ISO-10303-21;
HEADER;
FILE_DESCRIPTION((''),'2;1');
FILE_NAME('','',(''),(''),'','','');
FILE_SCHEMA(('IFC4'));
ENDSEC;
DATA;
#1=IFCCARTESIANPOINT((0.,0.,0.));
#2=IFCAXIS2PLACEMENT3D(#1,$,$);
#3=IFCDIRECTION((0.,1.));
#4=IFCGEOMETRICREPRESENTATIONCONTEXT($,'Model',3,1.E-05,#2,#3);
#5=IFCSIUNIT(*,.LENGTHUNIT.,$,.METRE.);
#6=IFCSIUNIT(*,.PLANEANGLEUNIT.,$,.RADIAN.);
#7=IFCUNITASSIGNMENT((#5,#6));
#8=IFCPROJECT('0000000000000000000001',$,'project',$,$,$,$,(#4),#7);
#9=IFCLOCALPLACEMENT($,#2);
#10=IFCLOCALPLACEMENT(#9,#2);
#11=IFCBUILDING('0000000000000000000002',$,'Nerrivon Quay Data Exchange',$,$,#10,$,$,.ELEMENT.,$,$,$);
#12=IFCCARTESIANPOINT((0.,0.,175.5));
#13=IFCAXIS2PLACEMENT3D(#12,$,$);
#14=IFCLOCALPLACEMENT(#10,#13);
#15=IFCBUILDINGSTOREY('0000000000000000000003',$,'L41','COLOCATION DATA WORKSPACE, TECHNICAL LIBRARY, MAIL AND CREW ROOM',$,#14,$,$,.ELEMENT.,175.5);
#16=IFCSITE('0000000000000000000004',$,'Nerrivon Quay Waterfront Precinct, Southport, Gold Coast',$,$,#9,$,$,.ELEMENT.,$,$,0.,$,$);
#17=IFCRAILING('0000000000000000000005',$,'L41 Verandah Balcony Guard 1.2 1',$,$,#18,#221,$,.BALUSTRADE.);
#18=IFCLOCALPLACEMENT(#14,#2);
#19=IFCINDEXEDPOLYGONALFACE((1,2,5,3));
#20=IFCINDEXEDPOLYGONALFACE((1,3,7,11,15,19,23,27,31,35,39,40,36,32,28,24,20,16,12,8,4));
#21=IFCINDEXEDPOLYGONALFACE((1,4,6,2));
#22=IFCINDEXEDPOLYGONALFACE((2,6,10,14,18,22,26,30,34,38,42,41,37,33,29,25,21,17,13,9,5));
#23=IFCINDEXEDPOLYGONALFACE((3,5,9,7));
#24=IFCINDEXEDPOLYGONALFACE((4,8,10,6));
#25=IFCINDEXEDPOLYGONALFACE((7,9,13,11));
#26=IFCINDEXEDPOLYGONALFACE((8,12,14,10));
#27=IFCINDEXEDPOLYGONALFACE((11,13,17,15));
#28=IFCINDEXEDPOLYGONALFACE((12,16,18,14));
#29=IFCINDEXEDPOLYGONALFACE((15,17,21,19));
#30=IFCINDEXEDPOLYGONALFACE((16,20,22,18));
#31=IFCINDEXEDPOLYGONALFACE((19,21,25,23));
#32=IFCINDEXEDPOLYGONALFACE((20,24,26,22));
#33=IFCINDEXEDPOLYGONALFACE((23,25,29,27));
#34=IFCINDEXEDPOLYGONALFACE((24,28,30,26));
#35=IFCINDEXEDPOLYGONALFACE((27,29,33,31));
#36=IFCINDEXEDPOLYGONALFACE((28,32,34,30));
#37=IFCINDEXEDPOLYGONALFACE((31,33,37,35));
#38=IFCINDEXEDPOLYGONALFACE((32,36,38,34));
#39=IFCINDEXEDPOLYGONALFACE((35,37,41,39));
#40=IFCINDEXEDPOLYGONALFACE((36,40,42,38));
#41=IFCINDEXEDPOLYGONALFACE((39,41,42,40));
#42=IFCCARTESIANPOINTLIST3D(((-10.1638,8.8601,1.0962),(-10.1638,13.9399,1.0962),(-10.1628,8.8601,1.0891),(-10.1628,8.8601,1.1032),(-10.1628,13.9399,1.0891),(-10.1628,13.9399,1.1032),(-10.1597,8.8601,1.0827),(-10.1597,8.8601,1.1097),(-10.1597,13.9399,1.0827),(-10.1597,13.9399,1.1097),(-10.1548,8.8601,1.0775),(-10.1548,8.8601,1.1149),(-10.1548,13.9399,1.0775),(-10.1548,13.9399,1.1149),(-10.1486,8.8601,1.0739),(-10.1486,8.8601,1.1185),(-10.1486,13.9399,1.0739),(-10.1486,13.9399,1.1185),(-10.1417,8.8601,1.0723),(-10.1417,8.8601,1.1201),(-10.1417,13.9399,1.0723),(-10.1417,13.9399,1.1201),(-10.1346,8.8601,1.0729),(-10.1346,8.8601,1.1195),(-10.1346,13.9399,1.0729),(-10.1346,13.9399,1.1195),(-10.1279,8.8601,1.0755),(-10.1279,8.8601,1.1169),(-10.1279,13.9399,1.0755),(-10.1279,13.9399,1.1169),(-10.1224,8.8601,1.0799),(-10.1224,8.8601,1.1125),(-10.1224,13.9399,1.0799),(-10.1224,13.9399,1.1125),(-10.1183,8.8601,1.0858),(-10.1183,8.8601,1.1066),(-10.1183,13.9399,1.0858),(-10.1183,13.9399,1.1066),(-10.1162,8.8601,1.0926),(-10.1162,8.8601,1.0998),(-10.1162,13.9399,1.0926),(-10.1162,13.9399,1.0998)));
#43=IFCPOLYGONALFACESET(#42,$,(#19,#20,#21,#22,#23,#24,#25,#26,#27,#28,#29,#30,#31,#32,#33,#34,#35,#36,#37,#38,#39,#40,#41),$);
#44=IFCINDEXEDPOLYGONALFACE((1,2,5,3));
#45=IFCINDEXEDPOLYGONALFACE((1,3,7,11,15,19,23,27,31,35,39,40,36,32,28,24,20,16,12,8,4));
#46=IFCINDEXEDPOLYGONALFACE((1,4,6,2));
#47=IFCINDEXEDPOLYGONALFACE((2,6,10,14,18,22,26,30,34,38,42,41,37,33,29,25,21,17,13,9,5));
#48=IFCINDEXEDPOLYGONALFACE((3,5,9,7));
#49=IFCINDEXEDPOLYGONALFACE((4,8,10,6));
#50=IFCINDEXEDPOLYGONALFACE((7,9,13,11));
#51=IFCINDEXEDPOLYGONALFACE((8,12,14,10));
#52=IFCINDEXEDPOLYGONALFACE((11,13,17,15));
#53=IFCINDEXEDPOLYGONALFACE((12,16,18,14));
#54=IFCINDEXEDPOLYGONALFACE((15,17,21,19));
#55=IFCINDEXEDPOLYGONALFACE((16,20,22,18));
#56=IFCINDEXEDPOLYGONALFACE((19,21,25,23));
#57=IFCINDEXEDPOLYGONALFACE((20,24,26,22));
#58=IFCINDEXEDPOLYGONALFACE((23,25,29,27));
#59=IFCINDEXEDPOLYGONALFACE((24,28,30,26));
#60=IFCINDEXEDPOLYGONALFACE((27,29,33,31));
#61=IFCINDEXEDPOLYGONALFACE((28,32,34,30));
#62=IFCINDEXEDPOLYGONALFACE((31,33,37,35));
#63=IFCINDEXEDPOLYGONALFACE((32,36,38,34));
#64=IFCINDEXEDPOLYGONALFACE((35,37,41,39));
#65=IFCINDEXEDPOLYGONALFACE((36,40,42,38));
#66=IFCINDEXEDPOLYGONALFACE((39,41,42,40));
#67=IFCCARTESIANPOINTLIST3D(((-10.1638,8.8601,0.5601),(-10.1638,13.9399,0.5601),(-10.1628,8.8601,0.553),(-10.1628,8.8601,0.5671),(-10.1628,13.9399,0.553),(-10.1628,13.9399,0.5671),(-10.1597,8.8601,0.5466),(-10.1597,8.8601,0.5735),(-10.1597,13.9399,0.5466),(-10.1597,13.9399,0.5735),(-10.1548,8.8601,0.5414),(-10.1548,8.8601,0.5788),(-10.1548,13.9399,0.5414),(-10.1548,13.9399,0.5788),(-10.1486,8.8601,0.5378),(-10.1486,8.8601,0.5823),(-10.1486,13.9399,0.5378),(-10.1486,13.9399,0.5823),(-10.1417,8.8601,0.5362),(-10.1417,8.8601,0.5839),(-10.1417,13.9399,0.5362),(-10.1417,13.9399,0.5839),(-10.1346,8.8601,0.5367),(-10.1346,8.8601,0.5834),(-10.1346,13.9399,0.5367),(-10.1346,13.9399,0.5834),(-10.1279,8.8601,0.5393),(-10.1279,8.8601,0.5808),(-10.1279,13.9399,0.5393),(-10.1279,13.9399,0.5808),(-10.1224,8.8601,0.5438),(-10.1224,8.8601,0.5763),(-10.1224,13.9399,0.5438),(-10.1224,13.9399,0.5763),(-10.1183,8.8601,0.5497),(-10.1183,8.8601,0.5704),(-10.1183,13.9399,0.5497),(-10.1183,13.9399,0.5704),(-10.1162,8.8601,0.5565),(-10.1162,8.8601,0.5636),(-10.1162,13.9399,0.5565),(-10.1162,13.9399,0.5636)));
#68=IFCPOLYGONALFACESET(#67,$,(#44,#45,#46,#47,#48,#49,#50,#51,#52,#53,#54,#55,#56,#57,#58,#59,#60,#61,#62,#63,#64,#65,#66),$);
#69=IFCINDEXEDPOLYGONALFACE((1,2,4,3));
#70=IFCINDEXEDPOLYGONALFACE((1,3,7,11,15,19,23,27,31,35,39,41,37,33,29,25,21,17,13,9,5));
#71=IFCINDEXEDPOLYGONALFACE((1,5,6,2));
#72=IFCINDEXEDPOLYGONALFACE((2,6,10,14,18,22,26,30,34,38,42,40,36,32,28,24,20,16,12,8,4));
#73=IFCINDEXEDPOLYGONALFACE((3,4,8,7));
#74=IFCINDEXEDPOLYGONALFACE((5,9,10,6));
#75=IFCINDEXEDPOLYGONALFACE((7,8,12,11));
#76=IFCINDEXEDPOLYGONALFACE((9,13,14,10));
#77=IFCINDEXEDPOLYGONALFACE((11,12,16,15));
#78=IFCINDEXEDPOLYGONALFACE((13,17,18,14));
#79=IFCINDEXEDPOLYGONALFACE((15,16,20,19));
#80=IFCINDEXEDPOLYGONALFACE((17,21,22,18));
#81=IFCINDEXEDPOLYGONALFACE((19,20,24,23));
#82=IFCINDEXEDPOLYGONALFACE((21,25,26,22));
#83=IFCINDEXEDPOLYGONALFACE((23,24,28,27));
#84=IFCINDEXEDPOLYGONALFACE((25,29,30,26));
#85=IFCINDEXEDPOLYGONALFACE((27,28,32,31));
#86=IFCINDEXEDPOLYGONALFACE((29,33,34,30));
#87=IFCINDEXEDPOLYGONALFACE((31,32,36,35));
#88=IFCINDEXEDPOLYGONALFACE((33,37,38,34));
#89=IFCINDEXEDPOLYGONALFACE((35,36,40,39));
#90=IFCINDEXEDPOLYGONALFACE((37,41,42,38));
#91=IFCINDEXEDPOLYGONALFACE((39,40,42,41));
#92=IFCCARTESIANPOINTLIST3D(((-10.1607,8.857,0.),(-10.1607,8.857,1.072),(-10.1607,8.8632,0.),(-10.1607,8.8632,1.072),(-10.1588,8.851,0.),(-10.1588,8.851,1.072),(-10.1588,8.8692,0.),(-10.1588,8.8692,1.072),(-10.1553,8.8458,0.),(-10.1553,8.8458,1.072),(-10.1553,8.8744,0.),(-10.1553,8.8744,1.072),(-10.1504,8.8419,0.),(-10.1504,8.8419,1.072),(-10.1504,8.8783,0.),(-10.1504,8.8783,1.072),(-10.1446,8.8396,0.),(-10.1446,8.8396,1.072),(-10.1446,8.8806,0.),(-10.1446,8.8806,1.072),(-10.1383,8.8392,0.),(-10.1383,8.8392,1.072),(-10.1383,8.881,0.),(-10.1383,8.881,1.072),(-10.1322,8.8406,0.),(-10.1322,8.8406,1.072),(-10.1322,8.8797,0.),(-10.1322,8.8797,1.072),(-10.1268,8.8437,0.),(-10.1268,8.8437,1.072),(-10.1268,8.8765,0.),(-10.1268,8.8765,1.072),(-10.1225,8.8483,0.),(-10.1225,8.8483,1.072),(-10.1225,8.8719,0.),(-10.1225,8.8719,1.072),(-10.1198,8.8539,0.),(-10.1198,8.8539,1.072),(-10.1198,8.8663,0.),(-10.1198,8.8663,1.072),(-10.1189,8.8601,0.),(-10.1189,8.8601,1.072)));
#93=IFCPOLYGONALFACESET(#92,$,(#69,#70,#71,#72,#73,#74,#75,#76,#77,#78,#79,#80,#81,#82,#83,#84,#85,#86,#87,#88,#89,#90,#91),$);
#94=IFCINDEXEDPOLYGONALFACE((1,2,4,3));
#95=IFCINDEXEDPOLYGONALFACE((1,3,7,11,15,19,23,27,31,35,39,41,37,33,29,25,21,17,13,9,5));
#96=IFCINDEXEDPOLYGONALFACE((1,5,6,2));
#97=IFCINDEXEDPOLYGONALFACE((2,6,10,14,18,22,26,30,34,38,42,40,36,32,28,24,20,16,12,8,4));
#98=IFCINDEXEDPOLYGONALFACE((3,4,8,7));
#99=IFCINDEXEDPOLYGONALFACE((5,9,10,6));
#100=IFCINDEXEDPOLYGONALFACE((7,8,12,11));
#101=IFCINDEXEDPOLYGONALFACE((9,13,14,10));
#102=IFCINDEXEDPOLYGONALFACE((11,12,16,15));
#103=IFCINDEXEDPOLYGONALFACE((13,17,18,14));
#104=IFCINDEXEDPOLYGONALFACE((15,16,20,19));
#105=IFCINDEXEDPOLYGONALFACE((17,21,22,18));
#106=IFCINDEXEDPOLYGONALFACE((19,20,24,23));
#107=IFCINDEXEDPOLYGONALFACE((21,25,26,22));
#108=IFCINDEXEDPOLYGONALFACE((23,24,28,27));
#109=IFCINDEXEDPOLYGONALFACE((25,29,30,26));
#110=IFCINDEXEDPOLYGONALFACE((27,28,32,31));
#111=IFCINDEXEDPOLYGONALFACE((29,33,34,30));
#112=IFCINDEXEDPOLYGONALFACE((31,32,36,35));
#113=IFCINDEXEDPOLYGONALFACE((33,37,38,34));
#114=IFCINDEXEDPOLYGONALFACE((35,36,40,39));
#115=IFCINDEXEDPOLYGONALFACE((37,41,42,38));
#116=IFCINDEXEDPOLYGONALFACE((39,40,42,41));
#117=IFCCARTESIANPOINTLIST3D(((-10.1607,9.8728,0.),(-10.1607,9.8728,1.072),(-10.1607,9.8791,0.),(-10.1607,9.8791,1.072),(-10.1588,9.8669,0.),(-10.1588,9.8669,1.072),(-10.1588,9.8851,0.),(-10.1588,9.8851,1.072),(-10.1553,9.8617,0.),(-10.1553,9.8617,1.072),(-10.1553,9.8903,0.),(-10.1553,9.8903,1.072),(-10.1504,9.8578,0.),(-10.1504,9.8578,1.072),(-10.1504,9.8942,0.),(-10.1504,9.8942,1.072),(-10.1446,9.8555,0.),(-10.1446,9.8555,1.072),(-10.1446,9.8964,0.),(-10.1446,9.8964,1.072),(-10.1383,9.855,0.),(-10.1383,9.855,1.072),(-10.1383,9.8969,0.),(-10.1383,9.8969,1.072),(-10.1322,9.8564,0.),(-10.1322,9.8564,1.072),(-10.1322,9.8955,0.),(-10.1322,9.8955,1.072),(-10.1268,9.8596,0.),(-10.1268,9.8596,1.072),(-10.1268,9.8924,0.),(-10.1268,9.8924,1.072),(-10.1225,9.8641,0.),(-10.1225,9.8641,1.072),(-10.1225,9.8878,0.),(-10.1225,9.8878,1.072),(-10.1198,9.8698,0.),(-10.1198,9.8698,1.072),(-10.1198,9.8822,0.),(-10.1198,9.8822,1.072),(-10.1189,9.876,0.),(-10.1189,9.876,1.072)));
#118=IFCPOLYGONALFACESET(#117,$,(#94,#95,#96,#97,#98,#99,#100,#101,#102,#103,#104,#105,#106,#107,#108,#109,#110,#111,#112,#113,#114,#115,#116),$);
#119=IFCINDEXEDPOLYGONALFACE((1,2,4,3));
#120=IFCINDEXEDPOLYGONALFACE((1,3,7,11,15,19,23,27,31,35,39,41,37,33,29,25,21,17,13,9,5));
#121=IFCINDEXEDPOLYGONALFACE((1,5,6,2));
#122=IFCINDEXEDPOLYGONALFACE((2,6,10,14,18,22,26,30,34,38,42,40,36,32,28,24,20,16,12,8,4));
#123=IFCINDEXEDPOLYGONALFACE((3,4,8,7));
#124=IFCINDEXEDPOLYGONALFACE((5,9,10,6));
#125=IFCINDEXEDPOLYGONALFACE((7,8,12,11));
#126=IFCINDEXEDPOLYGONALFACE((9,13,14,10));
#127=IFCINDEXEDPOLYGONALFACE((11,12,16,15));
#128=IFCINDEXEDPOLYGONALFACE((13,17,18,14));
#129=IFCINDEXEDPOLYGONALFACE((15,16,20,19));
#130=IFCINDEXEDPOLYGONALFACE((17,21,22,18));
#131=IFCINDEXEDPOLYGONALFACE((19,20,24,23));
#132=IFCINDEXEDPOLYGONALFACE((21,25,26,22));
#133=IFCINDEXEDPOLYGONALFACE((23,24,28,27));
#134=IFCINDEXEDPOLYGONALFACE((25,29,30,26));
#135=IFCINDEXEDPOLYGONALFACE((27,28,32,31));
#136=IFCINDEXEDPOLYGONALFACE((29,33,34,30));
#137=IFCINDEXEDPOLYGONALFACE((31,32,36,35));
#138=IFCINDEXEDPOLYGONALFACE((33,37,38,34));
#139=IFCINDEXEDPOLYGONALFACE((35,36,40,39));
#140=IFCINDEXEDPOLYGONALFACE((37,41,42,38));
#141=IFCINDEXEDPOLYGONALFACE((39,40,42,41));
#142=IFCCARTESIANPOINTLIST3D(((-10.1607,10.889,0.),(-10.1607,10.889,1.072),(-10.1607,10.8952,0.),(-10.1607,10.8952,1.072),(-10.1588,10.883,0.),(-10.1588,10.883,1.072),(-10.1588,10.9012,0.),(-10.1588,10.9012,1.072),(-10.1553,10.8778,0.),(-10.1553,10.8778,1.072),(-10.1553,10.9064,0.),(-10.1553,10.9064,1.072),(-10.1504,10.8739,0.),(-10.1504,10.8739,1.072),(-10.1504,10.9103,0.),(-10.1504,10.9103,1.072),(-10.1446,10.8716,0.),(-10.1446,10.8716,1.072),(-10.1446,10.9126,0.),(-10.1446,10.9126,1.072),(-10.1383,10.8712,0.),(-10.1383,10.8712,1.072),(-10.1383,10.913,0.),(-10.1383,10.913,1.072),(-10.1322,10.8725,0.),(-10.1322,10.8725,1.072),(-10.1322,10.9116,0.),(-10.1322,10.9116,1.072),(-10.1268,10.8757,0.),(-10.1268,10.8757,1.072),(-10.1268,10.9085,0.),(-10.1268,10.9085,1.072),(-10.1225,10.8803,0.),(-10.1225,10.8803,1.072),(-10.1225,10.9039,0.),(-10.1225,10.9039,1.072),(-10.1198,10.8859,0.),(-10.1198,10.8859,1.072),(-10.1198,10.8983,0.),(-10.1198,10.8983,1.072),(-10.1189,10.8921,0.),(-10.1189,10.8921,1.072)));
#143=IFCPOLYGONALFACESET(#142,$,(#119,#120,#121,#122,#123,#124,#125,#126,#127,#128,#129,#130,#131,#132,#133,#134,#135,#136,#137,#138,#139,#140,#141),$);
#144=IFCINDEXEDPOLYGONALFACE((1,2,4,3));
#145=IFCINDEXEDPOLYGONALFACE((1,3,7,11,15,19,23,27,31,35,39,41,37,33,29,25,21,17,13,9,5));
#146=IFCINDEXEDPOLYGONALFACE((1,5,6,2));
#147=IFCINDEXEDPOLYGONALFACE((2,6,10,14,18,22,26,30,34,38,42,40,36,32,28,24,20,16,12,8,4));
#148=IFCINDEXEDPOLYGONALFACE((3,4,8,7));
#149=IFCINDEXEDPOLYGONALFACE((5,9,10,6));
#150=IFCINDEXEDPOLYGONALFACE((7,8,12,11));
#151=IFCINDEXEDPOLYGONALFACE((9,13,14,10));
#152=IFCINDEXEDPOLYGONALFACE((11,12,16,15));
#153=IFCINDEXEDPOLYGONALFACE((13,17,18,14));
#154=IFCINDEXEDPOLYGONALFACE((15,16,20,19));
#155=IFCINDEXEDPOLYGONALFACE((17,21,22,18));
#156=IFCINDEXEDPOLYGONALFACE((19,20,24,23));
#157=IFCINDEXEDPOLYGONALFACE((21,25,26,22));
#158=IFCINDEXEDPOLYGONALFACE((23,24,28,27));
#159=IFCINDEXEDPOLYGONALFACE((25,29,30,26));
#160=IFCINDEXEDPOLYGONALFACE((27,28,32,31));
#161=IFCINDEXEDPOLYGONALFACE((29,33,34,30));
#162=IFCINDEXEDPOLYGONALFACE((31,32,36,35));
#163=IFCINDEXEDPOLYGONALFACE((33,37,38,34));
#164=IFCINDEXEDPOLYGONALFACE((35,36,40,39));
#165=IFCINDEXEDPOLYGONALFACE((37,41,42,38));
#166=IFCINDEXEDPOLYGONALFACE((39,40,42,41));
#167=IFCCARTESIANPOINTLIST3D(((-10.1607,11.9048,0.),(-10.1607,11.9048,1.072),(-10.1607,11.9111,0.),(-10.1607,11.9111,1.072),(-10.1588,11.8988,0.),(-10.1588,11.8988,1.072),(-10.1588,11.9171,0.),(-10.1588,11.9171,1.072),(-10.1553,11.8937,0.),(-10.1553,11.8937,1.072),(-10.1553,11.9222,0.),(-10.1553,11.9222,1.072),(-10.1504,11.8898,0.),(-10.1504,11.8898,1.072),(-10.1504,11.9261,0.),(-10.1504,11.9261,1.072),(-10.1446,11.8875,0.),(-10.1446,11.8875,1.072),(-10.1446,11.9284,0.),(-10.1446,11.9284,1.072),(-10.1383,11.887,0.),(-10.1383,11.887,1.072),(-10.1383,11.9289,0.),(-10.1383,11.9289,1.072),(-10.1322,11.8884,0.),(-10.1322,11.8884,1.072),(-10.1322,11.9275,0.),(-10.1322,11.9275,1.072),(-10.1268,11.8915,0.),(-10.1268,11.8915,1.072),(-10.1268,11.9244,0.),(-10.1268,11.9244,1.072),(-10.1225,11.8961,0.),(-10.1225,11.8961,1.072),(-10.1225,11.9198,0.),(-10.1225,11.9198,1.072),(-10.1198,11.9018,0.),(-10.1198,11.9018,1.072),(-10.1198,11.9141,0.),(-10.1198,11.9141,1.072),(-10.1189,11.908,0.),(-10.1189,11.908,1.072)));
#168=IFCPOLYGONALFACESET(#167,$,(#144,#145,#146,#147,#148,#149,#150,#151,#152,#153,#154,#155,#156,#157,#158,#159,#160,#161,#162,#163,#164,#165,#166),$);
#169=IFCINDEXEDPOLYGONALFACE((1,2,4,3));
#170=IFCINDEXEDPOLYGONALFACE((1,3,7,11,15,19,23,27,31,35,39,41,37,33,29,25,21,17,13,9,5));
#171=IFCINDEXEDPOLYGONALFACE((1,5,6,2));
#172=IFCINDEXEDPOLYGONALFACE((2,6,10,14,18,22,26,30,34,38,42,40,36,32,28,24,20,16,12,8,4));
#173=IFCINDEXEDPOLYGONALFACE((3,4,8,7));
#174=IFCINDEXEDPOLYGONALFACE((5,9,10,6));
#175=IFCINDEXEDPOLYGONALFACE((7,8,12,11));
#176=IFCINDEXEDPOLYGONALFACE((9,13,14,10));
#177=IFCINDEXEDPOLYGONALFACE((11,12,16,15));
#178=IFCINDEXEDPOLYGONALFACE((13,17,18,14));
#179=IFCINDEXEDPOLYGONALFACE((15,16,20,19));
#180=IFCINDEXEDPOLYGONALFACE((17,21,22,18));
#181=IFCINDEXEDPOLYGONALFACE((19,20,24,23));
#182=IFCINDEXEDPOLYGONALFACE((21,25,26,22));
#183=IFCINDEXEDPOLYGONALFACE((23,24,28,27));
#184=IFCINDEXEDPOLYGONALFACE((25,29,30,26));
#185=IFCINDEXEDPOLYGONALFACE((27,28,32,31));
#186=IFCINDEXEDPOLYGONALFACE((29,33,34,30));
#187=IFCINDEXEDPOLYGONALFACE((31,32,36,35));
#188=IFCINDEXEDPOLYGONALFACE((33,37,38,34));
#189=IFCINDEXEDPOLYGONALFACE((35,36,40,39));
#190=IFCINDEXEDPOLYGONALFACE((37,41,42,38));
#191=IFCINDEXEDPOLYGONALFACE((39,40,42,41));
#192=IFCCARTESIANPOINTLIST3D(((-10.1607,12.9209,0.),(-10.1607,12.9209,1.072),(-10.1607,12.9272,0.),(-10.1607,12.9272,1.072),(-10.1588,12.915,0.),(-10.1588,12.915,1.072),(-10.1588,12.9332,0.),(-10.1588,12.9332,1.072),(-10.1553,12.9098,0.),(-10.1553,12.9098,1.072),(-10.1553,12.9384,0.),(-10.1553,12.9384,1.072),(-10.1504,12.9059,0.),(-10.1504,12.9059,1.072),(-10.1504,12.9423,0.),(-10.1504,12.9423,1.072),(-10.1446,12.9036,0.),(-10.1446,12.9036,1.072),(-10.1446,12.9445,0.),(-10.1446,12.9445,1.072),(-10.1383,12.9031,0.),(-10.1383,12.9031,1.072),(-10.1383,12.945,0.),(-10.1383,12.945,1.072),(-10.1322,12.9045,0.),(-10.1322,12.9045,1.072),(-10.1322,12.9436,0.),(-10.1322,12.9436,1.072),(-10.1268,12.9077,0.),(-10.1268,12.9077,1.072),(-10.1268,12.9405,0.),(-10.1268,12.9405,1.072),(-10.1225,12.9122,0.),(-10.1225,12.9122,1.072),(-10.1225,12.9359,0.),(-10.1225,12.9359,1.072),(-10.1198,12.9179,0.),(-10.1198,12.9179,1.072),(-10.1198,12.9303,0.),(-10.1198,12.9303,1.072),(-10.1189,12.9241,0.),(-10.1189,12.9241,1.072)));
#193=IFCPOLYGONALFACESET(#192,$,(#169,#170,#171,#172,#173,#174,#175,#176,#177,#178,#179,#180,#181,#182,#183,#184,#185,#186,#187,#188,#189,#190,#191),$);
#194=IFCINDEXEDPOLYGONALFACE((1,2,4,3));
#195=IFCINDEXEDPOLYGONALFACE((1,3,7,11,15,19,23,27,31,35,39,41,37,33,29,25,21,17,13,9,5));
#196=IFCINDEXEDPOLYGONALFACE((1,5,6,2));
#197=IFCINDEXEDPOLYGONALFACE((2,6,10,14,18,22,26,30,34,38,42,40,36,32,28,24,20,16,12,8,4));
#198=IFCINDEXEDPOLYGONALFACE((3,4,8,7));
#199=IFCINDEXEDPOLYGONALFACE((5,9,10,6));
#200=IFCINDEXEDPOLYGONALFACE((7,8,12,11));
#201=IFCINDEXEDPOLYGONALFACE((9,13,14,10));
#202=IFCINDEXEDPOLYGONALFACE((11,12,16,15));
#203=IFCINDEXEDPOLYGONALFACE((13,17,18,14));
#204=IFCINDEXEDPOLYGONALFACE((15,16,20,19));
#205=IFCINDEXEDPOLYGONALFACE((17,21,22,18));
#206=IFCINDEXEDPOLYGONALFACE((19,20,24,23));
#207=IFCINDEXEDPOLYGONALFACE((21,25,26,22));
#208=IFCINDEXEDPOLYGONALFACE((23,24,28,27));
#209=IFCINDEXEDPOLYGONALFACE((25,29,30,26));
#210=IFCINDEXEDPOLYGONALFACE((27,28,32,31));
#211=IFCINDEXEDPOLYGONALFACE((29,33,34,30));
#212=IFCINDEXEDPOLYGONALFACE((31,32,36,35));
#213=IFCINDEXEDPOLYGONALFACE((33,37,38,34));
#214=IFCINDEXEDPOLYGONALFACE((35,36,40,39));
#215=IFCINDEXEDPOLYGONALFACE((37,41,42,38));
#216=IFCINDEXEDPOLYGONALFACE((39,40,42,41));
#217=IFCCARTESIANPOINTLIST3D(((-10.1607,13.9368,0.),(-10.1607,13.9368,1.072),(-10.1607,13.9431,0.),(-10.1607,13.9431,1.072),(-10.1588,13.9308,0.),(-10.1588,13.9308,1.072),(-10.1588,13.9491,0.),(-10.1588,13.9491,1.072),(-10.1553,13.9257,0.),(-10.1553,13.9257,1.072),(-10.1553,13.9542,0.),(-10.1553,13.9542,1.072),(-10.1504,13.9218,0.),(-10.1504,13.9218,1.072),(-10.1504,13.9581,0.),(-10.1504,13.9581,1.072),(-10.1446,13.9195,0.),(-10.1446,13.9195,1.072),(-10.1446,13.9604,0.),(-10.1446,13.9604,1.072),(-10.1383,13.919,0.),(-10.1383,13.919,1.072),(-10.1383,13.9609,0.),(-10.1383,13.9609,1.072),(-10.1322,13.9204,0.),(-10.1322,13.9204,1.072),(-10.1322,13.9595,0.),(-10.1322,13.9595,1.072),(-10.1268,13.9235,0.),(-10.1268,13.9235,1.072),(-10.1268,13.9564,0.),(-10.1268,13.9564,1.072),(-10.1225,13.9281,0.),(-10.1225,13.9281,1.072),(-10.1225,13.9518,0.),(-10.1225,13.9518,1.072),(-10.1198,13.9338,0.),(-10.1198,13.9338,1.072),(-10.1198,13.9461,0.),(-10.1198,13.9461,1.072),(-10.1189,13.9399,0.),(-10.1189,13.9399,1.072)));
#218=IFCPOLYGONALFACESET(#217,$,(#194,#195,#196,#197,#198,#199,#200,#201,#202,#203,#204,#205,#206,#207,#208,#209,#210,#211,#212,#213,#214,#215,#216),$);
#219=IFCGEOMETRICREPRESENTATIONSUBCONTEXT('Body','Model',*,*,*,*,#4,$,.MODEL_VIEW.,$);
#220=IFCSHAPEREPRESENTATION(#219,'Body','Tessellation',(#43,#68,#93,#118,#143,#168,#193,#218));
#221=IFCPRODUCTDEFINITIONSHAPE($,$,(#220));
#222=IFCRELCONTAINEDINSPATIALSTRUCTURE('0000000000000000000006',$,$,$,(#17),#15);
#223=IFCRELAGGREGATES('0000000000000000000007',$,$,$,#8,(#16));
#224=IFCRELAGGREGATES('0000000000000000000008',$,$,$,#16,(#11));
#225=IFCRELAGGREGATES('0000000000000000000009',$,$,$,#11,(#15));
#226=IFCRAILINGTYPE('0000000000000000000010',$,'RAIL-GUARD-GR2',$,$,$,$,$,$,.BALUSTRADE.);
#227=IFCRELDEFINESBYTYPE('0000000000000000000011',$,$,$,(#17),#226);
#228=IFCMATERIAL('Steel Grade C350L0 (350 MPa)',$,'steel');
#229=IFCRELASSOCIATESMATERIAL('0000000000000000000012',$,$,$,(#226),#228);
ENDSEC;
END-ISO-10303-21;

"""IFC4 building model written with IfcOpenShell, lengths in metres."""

from ifc_helpers import new_model, si_unit, direction, frame, origin, origin_2d, place, context, subcontext, project, spatial, circle, extrude, material, type_object, element, save


model = new_model("IFC4")

# Units and contexts
model_context = context("Model", 3, precision=1e-05, world=origin(), true_north=direction((0.0, 1.0)))
body_context = subcontext(model_context, "Body", "Model", "MODEL_VIEW")
ifc_project = project(units=[si_unit("LENGTHUNIT", "METRE"), si_unit("PLANEANGLEUNIT", "RADIAN")], contexts=[model_context])

# Site, building, storey
site_placement = place(None, origin())
site = spatial("IfcSite", under=ifc_project, at=site_placement, Name="Nerrivon Quay Waterfront Precinct, Southport, Gold Coast", CompositionType="ELEMENT", RefElevation=0.0)
building_placement = place(site_placement, origin())
building = spatial("IfcBuilding", under=site, at=building_placement, Name="Nerrivon Quay Data Exchange", CompositionType="ELEMENT")
storey_placement = place(building_placement, frame((0.0, 0.0, 175.5)))
storey = spatial("IfcBuildingStorey", under=building, at=storey_placement, Name="L41", Description="COLOCATION DATA WORKSPACE, TECHNICAL LIBRARY, MAIL AND CREW ROOM", CompositionType="ELEMENT", Elevation=175.5)

# Railing
ifc_material_1 = material(Name="Steel Grade C350L0 (350 MPa)", Category="steel")
railing_type = type_object("IfcRailingType", Name="RAIL-GUARD-GR2", PredefinedType="BALUSTRADE", material=ifc_material_1)
railing_1_placement = place(storey_placement, frame((-10.1399, 8.8601, 0.0)))
element("IfcRailing", 1, at=railing_1_placement, inside=storey, type_object=railing_type, Name="L41 Verandah Balcony Guard 1.2 1", PredefinedType="BALUSTRADE", context=body_context, shape_type="SweptSolid", body=[
    extrude(circle(Radius=0.0239, at=origin_2d()), frame((0.0, 0.0, 1.0962), z_axis=(0.0, 1.0, 0.0), x_axis=(-1.0, 0.0, 0.0)), (0.0, 0.0, 1.0), 5.0798),
    extrude(circle(Radius=0.0239, at=origin_2d()), frame((0.0, 0.0, 0.5601), z_axis=(0.0, 1.0, 0.0), x_axis=(-1.0, 0.0, 0.0)), (0.0, 0.0, 1.0), 5.0798),
    extrude(circle(Radius=0.021, at=origin_2d()), origin(), (0.0, 0.0, 1.0), 1.072),
    extrude(circle(Radius=0.021, at=origin_2d()), frame((0.0, 1.0159, 0.0)), (0.0, 0.0, 1.0), 1.072),
    extrude(circle(Radius=0.021, at=origin_2d()), frame((0.0, 2.032, 0.0)), (0.0, 0.0, 1.0), 1.072),
    extrude(circle(Radius=0.021, at=origin_2d()), frame((0.0, 3.0479, 0.0)), (0.0, 0.0, 1.0), 1.072),
    extrude(circle(Radius=0.021, at=origin_2d()), frame((0.0, 4.064, 0.0)), (0.0, 0.0, 1.0), 1.072),
    extrude(circle(Radius=0.021, at=origin_2d()), frame((0.0, 5.0798, 0.0)), (0.0, 0.0, 1.0), 1.072),
])

save(model, "model.ifc")
